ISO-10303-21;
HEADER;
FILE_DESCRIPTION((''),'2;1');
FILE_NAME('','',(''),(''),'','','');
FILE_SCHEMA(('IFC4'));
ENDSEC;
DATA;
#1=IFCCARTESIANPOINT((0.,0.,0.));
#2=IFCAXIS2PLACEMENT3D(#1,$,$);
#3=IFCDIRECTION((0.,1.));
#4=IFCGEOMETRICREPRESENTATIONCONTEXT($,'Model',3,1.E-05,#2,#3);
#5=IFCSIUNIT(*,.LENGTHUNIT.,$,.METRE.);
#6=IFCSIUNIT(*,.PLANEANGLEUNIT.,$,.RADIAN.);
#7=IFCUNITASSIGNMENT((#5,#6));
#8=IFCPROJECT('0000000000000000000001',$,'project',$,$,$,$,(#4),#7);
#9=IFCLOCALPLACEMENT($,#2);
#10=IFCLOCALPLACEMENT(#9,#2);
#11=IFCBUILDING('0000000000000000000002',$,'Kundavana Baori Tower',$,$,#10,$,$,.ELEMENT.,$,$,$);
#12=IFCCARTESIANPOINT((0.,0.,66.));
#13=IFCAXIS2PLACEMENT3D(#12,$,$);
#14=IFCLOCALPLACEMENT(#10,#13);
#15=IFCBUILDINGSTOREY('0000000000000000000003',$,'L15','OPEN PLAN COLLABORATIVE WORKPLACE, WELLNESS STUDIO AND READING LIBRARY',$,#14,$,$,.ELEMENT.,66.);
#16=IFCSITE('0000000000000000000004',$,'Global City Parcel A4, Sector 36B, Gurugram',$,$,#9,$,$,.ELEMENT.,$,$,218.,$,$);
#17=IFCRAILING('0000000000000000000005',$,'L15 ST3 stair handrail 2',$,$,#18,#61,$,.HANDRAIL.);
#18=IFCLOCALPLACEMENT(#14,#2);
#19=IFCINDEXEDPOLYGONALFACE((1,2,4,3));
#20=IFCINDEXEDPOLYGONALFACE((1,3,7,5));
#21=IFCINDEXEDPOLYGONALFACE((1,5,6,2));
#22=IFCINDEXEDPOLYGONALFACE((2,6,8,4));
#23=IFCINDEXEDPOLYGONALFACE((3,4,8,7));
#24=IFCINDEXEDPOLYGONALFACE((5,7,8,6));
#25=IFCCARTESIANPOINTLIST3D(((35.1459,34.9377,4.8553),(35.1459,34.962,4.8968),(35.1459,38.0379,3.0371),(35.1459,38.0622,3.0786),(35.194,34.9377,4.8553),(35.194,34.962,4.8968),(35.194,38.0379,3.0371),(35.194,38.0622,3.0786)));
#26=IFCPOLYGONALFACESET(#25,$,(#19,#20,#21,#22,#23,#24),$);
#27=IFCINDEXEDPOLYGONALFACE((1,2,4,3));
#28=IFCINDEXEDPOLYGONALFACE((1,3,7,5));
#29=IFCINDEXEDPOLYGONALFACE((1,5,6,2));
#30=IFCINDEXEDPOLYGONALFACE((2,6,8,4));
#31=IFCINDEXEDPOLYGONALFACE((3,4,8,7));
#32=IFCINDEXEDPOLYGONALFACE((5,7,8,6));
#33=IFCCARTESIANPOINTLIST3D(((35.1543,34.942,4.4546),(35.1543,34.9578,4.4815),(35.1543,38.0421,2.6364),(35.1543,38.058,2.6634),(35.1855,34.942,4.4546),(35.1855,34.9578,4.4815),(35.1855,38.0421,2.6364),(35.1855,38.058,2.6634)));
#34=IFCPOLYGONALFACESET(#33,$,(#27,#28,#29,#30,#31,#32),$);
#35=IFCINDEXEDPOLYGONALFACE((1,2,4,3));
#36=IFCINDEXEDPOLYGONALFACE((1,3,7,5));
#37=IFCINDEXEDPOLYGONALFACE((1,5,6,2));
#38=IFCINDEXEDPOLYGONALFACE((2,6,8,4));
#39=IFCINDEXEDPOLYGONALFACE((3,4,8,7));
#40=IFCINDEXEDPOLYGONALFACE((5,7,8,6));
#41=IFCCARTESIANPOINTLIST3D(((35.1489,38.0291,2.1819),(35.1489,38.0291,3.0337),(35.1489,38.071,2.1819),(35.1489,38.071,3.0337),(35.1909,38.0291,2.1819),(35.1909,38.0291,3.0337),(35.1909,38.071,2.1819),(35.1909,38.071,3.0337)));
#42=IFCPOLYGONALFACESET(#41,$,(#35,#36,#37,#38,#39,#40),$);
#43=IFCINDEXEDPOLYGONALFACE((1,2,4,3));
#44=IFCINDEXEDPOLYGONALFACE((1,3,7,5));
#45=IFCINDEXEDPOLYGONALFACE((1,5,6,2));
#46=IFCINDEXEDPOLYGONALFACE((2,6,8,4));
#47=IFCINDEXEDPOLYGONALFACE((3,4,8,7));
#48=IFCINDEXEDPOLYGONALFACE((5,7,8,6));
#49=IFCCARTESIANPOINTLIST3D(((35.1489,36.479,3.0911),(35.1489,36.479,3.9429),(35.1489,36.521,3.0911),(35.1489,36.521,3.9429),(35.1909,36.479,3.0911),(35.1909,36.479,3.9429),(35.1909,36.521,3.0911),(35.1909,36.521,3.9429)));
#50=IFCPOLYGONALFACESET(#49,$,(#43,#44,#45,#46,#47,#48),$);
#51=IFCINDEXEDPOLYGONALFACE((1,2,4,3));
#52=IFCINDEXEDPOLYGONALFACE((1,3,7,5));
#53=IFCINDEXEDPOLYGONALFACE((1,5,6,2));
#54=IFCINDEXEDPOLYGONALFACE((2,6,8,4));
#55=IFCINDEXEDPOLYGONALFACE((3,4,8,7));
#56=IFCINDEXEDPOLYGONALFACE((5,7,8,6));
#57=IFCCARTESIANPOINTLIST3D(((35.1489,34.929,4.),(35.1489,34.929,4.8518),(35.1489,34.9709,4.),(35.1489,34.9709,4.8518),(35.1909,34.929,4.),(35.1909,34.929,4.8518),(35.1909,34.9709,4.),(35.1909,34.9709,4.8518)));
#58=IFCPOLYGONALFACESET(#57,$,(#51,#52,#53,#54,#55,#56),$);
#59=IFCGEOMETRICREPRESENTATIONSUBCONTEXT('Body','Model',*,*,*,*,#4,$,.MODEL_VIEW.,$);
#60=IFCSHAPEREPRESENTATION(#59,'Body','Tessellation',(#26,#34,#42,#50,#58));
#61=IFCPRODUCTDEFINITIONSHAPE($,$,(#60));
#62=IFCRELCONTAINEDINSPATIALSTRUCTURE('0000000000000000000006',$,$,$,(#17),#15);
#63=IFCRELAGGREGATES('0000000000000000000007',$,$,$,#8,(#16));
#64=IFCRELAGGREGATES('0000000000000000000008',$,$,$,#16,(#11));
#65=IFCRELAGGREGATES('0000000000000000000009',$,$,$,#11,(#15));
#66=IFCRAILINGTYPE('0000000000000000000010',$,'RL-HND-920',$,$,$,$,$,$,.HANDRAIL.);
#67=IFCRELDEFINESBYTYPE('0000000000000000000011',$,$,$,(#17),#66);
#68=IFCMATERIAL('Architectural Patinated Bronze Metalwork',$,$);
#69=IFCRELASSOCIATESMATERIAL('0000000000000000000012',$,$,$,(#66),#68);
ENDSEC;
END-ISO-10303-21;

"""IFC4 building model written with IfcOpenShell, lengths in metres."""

from ifc_helpers import new_model, si_unit, direction, frame, origin, origin_2d, place, context, subcontext, project, spatial, rectangle, extrude, material, type_object, element, save


model = new_model("IFC4")

# Units and contexts
model_context = context("Model", 3, precision=1e-05, world=origin(), true_north=direction((0.0, 1.0)))
body_context = subcontext(model_context, "Body", "Model", "MODEL_VIEW")
ifc_project = project(units=[si_unit("LENGTHUNIT", "METRE"), si_unit("PLANEANGLEUNIT", "RADIAN")], contexts=[model_context])

# Site, building, storey
site_placement = place(None, origin())
site = spatial("IfcSite", under=ifc_project, at=site_placement, Name="Global City Parcel A4, Sector 36B, Gurugram", CompositionType="ELEMENT", RefElevation=218.0)
building_placement = place(site_placement, origin())
building = spatial("IfcBuilding", under=site, at=building_placement, Name="Kundavana Baori Tower", CompositionType="ELEMENT")
storey_placement = place(building_placement, frame((0.0, 0.0, 66.0)))
storey = spatial("IfcBuildingStorey", under=building, at=storey_placement, Name="L15", Description="OPEN PLAN COLLABORATIVE WORKPLACE, WELLNESS STUDIO AND READING LIBRARY", CompositionType="ELEMENT", Elevation=66.0)

# Railing
ifc_material_1 = material(Name="Architectural Patinated Bronze Metalwork")
railing_type_1 = type_object("IfcRailingType", Name="RL-HND-920", PredefinedType="HANDRAIL", material=ifc_material_1)
railing_1_placement = place(storey_placement, frame((35.1699, 38.05, 2.1819)))
element("IfcRailing", 1, at=railing_1_placement, inside=storey, type_object=railing_type_1, Name="L15 ST3 stair handrail 2", PredefinedType="HANDRAIL", context=body_context, shape_type="SweptSolid", body=[
    extrude(rectangle(XDim=0.0481, YDim=0.0481, at=origin_2d()), frame((0.0, 0.0, 0.876), z_axis=(0.0, -0.862599, 0.505889), x_axis=(1.0, 0.0, 0.0)), (0.0, 0.0, 1.0), 3.594),
    extrude(rectangle(XDim=0.0312, YDim=0.0312, at=origin_2d()), frame((0.0, 0.0, 0.468), z_axis=(0.0, -0.862599, 0.505889), x_axis=(1.0, 0.0, 0.0)), (0.0, 0.0, 1.0), 3.594),
    extrude(rectangle(XDim=0.042, YDim=0.042, at=origin_2d()), origin(), (0.0, 0.0, 1.0), 0.8518),
    extrude(rectangle(XDim=0.042, YDim=0.042, at=origin_2d()), frame((0.0, -1.55, 0.9092)), (0.0, 0.0, 1.0), 0.8518),
    extrude(rectangle(XDim=0.042, YDim=0.042, at=origin_2d()), frame((0.0, -3.1001, 1.8181)), (0.0, 0.0, 1.0), 0.8518),
])

save(model, "model.ifc")
